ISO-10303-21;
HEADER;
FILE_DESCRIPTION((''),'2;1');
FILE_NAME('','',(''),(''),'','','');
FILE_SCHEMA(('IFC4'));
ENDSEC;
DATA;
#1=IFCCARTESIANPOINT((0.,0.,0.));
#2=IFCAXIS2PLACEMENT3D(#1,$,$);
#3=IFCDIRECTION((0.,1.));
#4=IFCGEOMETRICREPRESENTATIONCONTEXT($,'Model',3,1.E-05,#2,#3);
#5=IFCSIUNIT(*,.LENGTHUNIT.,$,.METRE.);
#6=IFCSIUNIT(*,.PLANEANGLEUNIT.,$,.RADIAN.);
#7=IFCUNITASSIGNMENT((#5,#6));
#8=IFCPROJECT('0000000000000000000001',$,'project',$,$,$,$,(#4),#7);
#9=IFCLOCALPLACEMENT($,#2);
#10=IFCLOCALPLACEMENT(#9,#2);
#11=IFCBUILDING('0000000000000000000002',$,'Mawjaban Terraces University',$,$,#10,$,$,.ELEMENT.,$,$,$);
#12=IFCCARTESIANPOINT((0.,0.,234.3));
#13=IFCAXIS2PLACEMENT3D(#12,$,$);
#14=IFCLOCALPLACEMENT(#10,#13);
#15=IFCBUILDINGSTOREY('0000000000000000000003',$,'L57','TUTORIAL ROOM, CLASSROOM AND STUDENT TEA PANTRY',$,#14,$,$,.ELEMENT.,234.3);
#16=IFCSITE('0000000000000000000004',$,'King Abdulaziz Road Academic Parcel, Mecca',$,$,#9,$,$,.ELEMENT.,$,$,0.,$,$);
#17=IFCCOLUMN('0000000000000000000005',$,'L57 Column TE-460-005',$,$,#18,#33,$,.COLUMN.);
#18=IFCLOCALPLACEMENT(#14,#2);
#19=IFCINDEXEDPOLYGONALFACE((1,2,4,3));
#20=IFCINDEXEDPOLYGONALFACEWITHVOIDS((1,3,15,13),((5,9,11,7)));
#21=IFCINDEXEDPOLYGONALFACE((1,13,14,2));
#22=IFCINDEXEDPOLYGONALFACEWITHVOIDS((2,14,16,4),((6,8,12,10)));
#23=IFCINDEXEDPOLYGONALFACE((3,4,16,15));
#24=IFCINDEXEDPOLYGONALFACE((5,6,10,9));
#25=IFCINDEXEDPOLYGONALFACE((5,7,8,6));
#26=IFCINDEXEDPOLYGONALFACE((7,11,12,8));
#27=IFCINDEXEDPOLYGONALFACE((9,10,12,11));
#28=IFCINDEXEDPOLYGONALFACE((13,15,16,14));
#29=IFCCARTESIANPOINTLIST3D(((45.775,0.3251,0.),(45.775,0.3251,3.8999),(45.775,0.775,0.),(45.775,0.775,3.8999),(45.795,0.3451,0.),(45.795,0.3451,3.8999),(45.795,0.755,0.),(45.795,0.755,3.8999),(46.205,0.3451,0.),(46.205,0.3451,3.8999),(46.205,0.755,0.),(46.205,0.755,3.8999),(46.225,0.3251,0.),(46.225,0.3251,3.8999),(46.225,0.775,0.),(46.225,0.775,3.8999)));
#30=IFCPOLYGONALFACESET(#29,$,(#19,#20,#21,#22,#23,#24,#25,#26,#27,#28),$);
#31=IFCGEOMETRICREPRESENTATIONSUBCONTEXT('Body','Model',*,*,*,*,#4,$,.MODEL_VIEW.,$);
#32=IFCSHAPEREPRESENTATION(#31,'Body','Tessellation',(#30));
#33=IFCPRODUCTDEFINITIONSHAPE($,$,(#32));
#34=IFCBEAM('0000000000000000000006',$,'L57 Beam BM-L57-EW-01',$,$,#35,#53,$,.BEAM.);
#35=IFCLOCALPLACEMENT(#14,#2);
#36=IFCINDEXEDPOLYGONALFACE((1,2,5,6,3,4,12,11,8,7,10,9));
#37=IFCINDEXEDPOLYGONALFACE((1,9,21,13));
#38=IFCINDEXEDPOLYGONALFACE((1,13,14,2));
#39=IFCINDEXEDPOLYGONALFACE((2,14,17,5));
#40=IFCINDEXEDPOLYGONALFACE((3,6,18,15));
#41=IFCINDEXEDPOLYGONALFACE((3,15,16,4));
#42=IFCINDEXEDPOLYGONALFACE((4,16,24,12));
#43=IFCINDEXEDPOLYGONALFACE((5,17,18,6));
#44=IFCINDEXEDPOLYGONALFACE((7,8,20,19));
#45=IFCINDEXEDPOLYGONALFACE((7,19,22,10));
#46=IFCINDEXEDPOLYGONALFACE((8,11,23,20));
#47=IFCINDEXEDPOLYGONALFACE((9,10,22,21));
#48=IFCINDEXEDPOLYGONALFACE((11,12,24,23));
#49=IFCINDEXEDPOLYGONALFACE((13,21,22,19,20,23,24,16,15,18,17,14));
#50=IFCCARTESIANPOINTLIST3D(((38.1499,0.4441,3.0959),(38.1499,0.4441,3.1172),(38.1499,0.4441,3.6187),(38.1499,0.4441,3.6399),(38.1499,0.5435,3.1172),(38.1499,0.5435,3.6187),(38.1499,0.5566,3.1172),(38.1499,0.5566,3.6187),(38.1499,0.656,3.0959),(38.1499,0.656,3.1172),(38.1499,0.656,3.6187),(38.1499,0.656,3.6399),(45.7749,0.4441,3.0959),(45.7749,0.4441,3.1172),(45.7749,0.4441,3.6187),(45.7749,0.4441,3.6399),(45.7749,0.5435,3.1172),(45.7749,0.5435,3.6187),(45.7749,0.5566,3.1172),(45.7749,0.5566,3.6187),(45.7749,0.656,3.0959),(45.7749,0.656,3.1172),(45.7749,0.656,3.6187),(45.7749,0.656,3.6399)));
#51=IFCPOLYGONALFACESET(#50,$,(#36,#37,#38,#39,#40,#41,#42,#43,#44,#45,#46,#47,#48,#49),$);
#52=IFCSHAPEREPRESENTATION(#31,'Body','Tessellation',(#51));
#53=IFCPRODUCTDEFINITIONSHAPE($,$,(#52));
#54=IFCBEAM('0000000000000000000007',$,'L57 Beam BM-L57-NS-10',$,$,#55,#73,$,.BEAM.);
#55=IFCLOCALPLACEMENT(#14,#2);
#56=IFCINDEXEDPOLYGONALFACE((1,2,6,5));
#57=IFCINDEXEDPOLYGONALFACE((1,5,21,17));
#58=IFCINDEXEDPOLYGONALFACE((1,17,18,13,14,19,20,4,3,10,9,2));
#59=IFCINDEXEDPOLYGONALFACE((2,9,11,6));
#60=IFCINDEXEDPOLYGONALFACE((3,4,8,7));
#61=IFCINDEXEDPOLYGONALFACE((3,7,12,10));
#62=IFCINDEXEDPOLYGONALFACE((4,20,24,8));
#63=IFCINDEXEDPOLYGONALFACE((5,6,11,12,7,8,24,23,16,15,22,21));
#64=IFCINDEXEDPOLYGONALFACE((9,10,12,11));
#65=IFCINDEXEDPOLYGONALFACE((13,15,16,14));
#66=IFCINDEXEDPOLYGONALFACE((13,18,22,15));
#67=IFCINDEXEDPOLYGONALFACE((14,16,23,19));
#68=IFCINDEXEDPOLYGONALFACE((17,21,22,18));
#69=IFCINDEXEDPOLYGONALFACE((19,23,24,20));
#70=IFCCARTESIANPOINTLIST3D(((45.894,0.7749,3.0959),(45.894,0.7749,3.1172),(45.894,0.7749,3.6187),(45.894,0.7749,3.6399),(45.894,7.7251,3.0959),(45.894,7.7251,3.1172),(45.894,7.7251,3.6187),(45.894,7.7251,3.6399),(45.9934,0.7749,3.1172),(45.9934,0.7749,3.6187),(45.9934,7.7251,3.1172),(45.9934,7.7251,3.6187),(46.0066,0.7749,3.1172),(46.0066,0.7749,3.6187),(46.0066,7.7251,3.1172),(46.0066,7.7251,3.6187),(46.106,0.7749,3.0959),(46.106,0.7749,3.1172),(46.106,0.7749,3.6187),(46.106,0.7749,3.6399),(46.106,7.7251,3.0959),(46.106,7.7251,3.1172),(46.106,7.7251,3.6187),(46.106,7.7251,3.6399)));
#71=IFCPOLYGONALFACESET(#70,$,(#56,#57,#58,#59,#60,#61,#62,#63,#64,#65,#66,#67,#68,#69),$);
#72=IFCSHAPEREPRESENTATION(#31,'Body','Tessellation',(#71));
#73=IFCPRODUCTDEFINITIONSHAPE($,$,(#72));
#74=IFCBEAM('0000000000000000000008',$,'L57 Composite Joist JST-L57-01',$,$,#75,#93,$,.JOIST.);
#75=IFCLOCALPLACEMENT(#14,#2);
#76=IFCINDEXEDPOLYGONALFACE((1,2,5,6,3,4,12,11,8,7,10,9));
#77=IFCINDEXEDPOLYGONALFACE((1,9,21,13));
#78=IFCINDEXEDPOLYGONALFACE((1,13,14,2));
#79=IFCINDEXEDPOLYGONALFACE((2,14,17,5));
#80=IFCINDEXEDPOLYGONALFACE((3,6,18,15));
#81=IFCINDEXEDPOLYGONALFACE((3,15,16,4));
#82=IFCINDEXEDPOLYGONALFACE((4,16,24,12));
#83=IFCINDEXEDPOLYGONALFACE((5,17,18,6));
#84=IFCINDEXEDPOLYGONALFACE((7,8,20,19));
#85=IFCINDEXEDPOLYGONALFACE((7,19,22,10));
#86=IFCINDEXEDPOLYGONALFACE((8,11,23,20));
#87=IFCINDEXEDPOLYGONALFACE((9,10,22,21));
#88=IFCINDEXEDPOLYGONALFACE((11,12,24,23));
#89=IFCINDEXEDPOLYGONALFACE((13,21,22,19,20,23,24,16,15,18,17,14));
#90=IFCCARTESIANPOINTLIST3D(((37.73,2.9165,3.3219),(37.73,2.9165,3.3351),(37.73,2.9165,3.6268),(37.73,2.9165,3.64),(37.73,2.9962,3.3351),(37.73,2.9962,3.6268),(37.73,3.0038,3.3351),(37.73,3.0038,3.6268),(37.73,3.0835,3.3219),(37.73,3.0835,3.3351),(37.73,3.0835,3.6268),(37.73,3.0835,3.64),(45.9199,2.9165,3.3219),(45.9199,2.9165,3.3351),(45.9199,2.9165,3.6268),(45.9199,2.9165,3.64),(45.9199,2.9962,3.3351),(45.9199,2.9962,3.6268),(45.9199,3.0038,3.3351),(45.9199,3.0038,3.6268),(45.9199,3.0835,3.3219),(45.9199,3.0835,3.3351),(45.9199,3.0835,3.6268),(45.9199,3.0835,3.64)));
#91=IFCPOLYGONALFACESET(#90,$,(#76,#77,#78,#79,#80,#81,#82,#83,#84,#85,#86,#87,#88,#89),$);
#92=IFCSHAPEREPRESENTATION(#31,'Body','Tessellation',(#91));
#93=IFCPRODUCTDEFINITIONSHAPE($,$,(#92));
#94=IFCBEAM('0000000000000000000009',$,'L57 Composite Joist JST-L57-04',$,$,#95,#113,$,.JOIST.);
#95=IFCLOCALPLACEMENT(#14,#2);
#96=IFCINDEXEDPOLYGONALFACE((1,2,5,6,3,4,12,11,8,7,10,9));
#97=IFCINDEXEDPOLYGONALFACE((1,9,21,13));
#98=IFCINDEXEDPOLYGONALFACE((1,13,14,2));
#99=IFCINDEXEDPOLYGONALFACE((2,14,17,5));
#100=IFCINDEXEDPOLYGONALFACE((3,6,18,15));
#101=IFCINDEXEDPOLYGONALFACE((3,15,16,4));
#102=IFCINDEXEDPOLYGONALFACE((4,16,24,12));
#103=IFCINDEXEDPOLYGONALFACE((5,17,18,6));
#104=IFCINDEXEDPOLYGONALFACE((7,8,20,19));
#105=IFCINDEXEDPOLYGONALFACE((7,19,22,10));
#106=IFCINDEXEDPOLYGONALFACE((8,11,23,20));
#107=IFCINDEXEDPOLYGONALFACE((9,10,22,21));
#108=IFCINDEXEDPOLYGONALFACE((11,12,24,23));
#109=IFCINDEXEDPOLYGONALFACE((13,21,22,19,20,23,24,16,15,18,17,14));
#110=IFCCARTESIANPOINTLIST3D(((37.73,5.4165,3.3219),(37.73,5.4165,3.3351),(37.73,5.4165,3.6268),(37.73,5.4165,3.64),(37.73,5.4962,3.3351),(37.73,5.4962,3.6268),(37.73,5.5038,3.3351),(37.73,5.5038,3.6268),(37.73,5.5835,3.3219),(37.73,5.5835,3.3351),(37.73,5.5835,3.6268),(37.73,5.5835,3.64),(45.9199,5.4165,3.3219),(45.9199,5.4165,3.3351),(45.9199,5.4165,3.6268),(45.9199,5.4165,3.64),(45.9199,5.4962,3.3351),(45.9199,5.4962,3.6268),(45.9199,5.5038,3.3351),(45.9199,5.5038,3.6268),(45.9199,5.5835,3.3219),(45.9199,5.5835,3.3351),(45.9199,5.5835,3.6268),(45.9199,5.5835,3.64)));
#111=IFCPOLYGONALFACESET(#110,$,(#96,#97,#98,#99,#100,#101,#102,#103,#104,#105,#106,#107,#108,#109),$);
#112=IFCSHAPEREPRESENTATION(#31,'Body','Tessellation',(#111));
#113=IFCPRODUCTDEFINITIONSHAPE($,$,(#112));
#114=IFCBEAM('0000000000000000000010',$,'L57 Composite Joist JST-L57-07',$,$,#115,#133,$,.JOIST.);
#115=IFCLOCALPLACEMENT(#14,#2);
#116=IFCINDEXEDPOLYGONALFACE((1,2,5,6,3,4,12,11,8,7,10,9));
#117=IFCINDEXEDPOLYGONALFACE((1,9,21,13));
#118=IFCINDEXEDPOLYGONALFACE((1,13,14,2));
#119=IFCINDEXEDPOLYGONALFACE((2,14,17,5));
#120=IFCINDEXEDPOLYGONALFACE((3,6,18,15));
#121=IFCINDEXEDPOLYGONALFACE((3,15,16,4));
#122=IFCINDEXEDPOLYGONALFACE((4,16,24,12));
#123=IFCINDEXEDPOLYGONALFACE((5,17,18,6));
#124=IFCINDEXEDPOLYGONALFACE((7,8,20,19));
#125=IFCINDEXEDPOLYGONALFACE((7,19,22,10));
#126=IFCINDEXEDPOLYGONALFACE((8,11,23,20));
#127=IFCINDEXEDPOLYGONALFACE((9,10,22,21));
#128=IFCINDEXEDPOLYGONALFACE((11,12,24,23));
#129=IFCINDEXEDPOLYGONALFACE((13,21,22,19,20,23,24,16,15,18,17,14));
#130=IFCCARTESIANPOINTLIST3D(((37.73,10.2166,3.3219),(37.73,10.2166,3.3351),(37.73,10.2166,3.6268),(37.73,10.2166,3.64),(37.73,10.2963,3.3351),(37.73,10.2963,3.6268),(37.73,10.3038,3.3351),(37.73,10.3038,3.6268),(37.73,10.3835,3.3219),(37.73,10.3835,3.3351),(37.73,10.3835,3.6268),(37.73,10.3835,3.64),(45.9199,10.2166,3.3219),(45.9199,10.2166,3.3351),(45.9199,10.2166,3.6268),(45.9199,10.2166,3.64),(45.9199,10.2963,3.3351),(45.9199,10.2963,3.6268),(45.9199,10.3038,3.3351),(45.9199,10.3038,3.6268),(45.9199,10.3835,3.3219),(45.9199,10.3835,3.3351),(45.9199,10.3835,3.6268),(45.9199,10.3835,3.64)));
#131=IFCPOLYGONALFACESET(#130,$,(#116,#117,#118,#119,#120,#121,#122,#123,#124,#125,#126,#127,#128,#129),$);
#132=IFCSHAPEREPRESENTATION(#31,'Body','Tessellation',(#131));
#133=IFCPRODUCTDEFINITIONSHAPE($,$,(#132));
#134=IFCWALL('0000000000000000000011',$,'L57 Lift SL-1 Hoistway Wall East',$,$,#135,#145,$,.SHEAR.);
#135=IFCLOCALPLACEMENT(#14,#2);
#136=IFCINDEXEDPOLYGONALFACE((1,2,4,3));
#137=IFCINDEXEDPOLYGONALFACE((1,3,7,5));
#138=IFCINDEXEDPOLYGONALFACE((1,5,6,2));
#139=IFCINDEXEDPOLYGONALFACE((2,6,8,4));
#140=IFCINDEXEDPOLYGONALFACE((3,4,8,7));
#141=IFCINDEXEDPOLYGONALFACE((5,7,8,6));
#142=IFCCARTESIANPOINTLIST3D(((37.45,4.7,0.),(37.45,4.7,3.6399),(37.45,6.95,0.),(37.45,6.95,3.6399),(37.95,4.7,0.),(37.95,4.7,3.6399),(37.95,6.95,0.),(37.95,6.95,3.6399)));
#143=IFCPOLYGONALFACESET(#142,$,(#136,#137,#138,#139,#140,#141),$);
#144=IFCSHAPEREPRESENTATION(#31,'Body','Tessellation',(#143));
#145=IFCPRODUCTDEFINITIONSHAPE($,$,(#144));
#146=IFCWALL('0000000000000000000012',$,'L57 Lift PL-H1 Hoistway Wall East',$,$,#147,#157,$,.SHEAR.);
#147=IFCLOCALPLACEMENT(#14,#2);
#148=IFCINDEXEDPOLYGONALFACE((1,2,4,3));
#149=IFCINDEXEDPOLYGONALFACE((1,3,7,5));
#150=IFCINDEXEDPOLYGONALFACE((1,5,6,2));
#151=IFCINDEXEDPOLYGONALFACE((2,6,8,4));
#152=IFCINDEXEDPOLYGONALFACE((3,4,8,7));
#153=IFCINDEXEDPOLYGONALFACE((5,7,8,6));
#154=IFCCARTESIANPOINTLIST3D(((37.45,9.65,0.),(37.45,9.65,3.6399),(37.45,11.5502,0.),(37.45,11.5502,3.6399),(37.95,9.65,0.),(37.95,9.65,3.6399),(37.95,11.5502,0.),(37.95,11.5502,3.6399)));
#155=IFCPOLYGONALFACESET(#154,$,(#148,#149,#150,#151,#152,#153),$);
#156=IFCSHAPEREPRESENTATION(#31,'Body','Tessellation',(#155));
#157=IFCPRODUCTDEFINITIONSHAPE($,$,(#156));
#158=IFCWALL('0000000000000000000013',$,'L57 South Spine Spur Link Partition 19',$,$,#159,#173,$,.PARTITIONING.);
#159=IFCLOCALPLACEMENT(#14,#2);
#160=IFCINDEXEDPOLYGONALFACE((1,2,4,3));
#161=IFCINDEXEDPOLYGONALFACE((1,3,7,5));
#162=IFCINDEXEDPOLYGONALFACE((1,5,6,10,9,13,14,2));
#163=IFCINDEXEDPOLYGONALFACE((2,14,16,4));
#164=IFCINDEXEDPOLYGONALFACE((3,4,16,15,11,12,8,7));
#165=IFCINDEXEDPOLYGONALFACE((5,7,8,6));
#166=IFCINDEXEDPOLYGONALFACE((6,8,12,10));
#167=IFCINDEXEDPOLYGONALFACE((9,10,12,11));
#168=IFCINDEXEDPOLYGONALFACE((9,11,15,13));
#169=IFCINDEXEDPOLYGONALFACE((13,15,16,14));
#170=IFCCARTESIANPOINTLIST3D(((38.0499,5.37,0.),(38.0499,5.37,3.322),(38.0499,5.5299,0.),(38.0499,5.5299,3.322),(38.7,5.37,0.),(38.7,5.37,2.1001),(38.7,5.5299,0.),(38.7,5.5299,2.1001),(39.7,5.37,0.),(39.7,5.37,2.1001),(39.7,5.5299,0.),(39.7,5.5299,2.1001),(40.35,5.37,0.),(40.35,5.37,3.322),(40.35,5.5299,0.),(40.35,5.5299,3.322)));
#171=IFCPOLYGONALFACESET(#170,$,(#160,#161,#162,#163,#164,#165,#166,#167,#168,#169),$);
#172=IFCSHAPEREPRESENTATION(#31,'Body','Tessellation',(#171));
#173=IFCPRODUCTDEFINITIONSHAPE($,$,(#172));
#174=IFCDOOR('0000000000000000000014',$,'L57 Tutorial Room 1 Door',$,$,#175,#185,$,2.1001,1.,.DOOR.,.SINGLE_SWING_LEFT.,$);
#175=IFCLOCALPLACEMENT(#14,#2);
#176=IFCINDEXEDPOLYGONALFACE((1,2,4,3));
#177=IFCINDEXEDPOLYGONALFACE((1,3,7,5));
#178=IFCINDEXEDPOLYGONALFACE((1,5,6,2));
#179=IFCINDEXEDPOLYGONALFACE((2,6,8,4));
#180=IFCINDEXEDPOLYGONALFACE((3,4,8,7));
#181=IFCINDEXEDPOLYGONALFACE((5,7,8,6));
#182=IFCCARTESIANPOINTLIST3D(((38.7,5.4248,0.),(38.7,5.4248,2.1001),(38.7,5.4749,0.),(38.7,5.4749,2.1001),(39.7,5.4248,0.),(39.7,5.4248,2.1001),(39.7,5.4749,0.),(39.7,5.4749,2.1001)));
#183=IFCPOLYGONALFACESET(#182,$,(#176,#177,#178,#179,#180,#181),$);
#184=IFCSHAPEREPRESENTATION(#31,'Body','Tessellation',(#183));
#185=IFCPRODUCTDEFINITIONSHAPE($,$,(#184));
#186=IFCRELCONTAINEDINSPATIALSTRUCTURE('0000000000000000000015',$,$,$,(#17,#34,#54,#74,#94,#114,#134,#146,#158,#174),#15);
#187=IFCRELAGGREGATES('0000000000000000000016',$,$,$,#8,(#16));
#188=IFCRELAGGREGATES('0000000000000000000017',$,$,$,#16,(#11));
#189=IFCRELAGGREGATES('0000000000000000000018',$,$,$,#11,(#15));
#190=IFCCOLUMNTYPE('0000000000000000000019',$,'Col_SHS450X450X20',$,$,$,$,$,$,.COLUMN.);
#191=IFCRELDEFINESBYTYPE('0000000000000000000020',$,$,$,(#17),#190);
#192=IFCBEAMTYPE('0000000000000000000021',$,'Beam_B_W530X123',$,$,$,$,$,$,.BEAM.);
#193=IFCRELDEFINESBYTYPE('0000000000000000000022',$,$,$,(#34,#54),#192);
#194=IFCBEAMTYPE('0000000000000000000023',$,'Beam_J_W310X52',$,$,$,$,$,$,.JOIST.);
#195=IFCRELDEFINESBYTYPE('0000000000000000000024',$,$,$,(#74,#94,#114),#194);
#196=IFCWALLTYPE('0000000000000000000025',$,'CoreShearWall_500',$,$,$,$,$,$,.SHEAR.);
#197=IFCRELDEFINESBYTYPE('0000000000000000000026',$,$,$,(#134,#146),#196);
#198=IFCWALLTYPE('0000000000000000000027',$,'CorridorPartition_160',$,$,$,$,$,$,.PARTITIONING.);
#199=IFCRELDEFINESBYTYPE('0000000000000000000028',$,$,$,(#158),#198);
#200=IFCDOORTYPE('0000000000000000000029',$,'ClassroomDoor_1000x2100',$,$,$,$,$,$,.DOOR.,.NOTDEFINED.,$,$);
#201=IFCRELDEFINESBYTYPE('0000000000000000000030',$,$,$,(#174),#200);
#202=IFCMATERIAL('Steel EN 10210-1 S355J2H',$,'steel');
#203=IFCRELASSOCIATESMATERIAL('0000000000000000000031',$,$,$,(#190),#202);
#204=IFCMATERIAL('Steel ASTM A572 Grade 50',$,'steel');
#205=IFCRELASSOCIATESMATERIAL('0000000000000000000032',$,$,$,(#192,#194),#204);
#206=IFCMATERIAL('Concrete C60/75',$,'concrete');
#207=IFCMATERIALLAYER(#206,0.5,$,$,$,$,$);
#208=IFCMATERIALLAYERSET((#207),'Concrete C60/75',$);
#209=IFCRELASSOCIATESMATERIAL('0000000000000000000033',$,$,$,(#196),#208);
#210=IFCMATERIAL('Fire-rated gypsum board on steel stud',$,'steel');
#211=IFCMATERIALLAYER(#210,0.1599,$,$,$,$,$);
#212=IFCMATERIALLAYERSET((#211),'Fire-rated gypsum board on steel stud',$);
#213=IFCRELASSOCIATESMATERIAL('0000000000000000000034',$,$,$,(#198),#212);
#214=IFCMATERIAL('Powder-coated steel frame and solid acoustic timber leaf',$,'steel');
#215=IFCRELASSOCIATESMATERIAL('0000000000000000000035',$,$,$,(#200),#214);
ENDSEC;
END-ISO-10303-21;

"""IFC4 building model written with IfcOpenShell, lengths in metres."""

from ifc_helpers import new_model, si_unit, direction, frame, frame_2d, origin, origin_2d, place, context, subcontext, project, spatial, rectangle, hollow_rectangle, i_section, extrude, material, layer, layer_set, material_profile, profile_set, type_object, element, fill, save


model = new_model("IFC4")

# Units and contexts
model_context = context("Model", 3, precision=1e-05, world=origin(), true_north=direction((0.0, 1.0)))
body_context = subcontext(model_context, "Body", "Model", "MODEL_VIEW")
ifc_project = project(units=[si_unit("LENGTHUNIT", "METRE"), si_unit("PLANEANGLEUNIT", "RADIAN")], contexts=[model_context])

# Site, building, storey
site_placement = place(None, origin())
site = spatial("IfcSite", under=ifc_project, at=site_placement, Name="King Abdulaziz Road Academic Parcel, Mecca", CompositionType="ELEMENT", RefElevation=0.0)
building_placement = place(site_placement, origin())
building = spatial("IfcBuilding", under=site, at=building_placement, Name="Mawjaban Terraces University", CompositionType="ELEMENT")
storey_placement = place(building_placement, frame((0.0, 0.0, 234.3)))
storey = spatial("IfcBuildingStorey", under=building, at=storey_placement, Name="L57", Description="TUTORIAL ROOM, CLASSROOM AND STUDENT TEA PANTRY", CompositionType="ELEMENT", Elevation=234.3)

# Column
ifc_material_1 = material(Name="Steel EN 10210-1 S355J2H", Category="steel")
ifc_material_profile_1 = material_profile(ifc_material_1, hollow_rectangle(XDim=0.45, YDim=0.45, WallThickness=0.02, at=origin_2d()), Name="SHS450X450X20")
ifc_profile_set_1 = profile_set([ifc_material_profile_1], Name="Steel EN 10210-1 S355J2H")
column_type = type_object("IfcColumnType", Name="Col_SHS450X450X20", PredefinedType="COLUMN", material=ifc_profile_set_1)
column_placement = place(storey_placement, frame((46.0, 0.55, 0.0), z_axis=(0.0, 0.0, 1.0), x_axis=(1.0, 0.0, 0.0)))
element("IfcColumn", 1, at=column_placement, inside=storey, type_object=column_type, Name="L57 Column TE-460-005", PredefinedType="COLUMN", context=body_context, shape_type="SweptSolid", body=[
    extrude(hollow_rectangle(XDim=0.45, YDim=0.45, WallThickness=0.02, at=origin_2d()), origin(), (0.0, 0.0, 1.0), 3.8999),
])

# Beams
ifc_material_2 = material(Name="Steel ASTM A572 Grade 50", Category="steel")
ifc_material_profile_2 = material_profile(ifc_material_2, i_section(OverallWidth=0.2119, OverallDepth=0.5439, WebThickness=0.0132, FlangeThickness=0.0212, at=origin_2d()), Name="W530X123")
ifc_profile_set_2 = profile_set([ifc_material_profile_2], Name="Steel ASTM A572 Grade 50")
beam_type_1 = type_object("IfcBeamType", Name="Beam_B_W530X123", PredefinedType="BEAM", material=ifc_profile_set_2)
beam_1_placement = place(storey_placement, frame((38.1499, 0.55, 3.3679), z_axis=(1.0, 0.0, 0.0), x_axis=(0.0, 1.0, 0.0)))
element("IfcBeam", 2, at=beam_1_placement, inside=storey, type_object=beam_type_1, Name="L57 Beam BM-L57-EW-01", PredefinedType="BEAM", context=body_context, shape_type="SweptSolid", body=[
    extrude(i_section(OverallWidth=0.2119, OverallDepth=0.5439, WebThickness=0.0132, FlangeThickness=0.0212, at=origin_2d()), origin(), (0.0, 0.0, 1.0), 7.625),
])
beam_2_placement = place(storey_placement, frame((46.0, 0.7749, 3.3679), z_axis=(0.0, 1.0, 0.0), x_axis=(-1.0, 0.0, 0.0)))
element("IfcBeam", 3, at=beam_2_placement, inside=storey, type_object=beam_type_1, Name="L57 Beam BM-L57-NS-10", PredefinedType="BEAM", context=body_context, shape_type="SweptSolid", body=[
    extrude(i_section(OverallWidth=0.2119, OverallDepth=0.5439, WebThickness=0.0132, FlangeThickness=0.0212, at=origin_2d()), origin(), (0.0, 0.0, 1.0), 6.9502),
])
ifc_material_profile_3 = material_profile(ifc_material_2, i_section(OverallWidth=0.167, OverallDepth=0.3181, WebThickness=0.0076, FlangeThickness=0.0132, at=origin_2d()), Name="W310X52")
ifc_profile_set_3 = profile_set([ifc_material_profile_3], Name="Steel ASTM A572 Grade 50")
beam_type_2 = type_object("IfcBeamType", Name="Beam_J_W310X52", PredefinedType="JOIST", material=ifc_profile_set_3)
for number, where, z_axis, x_axis, name in (
    (4, (37.73, 3.0, 3.481), (1.0, 0.0, 0.0), (0.0, 1.0, 0.0), "L57 Composite Joist JST-L57-01"),
    (5, (37.73, 5.5, 3.481), (1.0, 0.0, 0.0), (0.0, 1.0, 0.0), "L57 Composite Joist JST-L57-04"),
    (6, (37.73, 10.3, 3.481), (1.0, 0.0, 0.0), (0.0, 1.0, 0.0), "L57 Composite Joist JST-L57-07"),
):
    element("IfcBeam", number, at=place(storey_placement, frame(where, z_axis=z_axis, x_axis=x_axis)), inside=storey, type_object=beam_type_2, Name=name, PredefinedType="JOIST", context=body_context, shape_type="SweptSolid", body=[
        extrude(i_section(OverallWidth=0.167, OverallDepth=0.3181, WebThickness=0.0076, FlangeThickness=0.0132, at=origin_2d()), origin(), (0.0, 0.0, 1.0), 8.1899),
    ])

# Walls
ifc_material_3 = material(Name="Concrete C60/75", Category="concrete")
ifc_layer_1 = layer(ifc_material_3, 0.5)
ifc_layer_set_1 = layer_set([ifc_layer_1], Name="Concrete C60/75")
wall_type_1 = type_object("IfcWallType", Name="CoreShearWall_500", PredefinedType="SHEAR", material=ifc_layer_set_1)
wall_1_placement = place(storey_placement, frame((37.7, 4.7, 0.0), z_axis=(0.0, 0.0, 1.0), x_axis=(0.0, 1.0, 0.0)))
element("IfcWall", 7, at=wall_1_placement, inside=storey, type_object=wall_type_1, Name="L57 Lift SL-1 Hoistway Wall East", PredefinedType="SHEAR", context=body_context, shape_type="SweptSolid", body=[
    extrude(rectangle(XDim=2.25, YDim=0.5, at=frame_2d((1.125, 0.0))), origin(), (0.0, 0.0, 1.0), 3.6399),
])
wall_2_placement = place(storey_placement, frame((37.7, 9.6499, 0.0), z_axis=(0.0, 0.0, 1.0), x_axis=(0.0, 1.0, 0.0)))
element("IfcWall", 8, at=wall_2_placement, inside=storey, type_object=wall_type_1, Name="L57 Lift PL-H1 Hoistway Wall East", PredefinedType="SHEAR", context=body_context, shape_type="SweptSolid", body=[
    extrude(rectangle(XDim=1.9001, YDim=0.5, at=frame_2d((0.9502, 0.0))), origin(), (0.0, 0.0, 1.0), 3.6399),
])

# Wall, opening, door
ifc_material_4 = material(Name="Fire-rated gypsum board on steel stud", Category="steel")
ifc_layer_2 = layer(ifc_material_4, 0.1599)
ifc_layer_set_2 = layer_set([ifc_layer_2], Name="Fire-rated gypsum board on steel stud")
wall_type_2 = type_object("IfcWallType", Name="CorridorPartition_160", PredefinedType="PARTITIONING", material=ifc_layer_set_2)
wall_3_placement = place(storey_placement, frame((38.05, 5.45, 0.0), z_axis=(0.0, 0.0, 1.0), x_axis=(1.0, 0.0, 0.0)))
wall_3 = element("IfcWall", 9, at=wall_3_placement, inside=storey, type_object=wall_type_2, Name="L57 South Spine Spur Link Partition 19", PredefinedType="PARTITIONING", context=body_context, shape_type="SweptSolid", body=[
    extrude(rectangle(XDim=2.3, YDim=0.1599, at=frame_2d((1.1499, 0.0))), origin(), (0.0, 0.0, 1.0), 3.322),
])
opening_1_placement = place(wall_3_placement, frame((0.6499, 0.0, 0.0)))
opening_1 = element("IfcOpeningElement", 10, at=opening_1_placement, cuts=wall_3, PredefinedType="OPENING", context=body_context, shape_type="SweptSolid", body=[
    extrude(rectangle(XDim=1.0, YDim=2.1001, at=frame_2d((0.5, 1.05))), frame((0.0, 0.0898, 0.0), z_axis=(0.0, -1.0, 0.0), x_axis=(1.0, 0.0, 0.0)), (0.0, 0.0, 1.0), 0.1799),
])
ifc_material_5 = material(Name="Powder-coated steel frame and solid acoustic timber leaf", Category="steel")
door_type_1 = type_object("IfcDoorType", Name="ClassroomDoor_1000x2100", OperationType="NOTDEFINED", PredefinedType="DOOR", material=ifc_material_5)
door_1_placement = place(opening_1_placement, origin())
door_1 = element("IfcDoor", 11, at=door_1_placement, inside=storey, type_object=door_type_1, Name="L57 Tutorial Room 1 Door", OperationType="SINGLE_SWING_LEFT", OverallHeight=2.1001, OverallWidth=1.0, PredefinedType="DOOR", context=body_context, shape_type="SweptSolid", body=[
    extrude(rectangle(XDim=1.0, YDim=2.1001, at=frame_2d((0.5, 1.05))), frame((0.0, 0.0249, 0.0), z_axis=(0.0, -1.0, 0.0), x_axis=(1.0, 0.0, 0.0)), (0.0, 0.0, 1.0), 0.05),
])
fill(opening_1, door_1)

save(model, "model.ifc")
